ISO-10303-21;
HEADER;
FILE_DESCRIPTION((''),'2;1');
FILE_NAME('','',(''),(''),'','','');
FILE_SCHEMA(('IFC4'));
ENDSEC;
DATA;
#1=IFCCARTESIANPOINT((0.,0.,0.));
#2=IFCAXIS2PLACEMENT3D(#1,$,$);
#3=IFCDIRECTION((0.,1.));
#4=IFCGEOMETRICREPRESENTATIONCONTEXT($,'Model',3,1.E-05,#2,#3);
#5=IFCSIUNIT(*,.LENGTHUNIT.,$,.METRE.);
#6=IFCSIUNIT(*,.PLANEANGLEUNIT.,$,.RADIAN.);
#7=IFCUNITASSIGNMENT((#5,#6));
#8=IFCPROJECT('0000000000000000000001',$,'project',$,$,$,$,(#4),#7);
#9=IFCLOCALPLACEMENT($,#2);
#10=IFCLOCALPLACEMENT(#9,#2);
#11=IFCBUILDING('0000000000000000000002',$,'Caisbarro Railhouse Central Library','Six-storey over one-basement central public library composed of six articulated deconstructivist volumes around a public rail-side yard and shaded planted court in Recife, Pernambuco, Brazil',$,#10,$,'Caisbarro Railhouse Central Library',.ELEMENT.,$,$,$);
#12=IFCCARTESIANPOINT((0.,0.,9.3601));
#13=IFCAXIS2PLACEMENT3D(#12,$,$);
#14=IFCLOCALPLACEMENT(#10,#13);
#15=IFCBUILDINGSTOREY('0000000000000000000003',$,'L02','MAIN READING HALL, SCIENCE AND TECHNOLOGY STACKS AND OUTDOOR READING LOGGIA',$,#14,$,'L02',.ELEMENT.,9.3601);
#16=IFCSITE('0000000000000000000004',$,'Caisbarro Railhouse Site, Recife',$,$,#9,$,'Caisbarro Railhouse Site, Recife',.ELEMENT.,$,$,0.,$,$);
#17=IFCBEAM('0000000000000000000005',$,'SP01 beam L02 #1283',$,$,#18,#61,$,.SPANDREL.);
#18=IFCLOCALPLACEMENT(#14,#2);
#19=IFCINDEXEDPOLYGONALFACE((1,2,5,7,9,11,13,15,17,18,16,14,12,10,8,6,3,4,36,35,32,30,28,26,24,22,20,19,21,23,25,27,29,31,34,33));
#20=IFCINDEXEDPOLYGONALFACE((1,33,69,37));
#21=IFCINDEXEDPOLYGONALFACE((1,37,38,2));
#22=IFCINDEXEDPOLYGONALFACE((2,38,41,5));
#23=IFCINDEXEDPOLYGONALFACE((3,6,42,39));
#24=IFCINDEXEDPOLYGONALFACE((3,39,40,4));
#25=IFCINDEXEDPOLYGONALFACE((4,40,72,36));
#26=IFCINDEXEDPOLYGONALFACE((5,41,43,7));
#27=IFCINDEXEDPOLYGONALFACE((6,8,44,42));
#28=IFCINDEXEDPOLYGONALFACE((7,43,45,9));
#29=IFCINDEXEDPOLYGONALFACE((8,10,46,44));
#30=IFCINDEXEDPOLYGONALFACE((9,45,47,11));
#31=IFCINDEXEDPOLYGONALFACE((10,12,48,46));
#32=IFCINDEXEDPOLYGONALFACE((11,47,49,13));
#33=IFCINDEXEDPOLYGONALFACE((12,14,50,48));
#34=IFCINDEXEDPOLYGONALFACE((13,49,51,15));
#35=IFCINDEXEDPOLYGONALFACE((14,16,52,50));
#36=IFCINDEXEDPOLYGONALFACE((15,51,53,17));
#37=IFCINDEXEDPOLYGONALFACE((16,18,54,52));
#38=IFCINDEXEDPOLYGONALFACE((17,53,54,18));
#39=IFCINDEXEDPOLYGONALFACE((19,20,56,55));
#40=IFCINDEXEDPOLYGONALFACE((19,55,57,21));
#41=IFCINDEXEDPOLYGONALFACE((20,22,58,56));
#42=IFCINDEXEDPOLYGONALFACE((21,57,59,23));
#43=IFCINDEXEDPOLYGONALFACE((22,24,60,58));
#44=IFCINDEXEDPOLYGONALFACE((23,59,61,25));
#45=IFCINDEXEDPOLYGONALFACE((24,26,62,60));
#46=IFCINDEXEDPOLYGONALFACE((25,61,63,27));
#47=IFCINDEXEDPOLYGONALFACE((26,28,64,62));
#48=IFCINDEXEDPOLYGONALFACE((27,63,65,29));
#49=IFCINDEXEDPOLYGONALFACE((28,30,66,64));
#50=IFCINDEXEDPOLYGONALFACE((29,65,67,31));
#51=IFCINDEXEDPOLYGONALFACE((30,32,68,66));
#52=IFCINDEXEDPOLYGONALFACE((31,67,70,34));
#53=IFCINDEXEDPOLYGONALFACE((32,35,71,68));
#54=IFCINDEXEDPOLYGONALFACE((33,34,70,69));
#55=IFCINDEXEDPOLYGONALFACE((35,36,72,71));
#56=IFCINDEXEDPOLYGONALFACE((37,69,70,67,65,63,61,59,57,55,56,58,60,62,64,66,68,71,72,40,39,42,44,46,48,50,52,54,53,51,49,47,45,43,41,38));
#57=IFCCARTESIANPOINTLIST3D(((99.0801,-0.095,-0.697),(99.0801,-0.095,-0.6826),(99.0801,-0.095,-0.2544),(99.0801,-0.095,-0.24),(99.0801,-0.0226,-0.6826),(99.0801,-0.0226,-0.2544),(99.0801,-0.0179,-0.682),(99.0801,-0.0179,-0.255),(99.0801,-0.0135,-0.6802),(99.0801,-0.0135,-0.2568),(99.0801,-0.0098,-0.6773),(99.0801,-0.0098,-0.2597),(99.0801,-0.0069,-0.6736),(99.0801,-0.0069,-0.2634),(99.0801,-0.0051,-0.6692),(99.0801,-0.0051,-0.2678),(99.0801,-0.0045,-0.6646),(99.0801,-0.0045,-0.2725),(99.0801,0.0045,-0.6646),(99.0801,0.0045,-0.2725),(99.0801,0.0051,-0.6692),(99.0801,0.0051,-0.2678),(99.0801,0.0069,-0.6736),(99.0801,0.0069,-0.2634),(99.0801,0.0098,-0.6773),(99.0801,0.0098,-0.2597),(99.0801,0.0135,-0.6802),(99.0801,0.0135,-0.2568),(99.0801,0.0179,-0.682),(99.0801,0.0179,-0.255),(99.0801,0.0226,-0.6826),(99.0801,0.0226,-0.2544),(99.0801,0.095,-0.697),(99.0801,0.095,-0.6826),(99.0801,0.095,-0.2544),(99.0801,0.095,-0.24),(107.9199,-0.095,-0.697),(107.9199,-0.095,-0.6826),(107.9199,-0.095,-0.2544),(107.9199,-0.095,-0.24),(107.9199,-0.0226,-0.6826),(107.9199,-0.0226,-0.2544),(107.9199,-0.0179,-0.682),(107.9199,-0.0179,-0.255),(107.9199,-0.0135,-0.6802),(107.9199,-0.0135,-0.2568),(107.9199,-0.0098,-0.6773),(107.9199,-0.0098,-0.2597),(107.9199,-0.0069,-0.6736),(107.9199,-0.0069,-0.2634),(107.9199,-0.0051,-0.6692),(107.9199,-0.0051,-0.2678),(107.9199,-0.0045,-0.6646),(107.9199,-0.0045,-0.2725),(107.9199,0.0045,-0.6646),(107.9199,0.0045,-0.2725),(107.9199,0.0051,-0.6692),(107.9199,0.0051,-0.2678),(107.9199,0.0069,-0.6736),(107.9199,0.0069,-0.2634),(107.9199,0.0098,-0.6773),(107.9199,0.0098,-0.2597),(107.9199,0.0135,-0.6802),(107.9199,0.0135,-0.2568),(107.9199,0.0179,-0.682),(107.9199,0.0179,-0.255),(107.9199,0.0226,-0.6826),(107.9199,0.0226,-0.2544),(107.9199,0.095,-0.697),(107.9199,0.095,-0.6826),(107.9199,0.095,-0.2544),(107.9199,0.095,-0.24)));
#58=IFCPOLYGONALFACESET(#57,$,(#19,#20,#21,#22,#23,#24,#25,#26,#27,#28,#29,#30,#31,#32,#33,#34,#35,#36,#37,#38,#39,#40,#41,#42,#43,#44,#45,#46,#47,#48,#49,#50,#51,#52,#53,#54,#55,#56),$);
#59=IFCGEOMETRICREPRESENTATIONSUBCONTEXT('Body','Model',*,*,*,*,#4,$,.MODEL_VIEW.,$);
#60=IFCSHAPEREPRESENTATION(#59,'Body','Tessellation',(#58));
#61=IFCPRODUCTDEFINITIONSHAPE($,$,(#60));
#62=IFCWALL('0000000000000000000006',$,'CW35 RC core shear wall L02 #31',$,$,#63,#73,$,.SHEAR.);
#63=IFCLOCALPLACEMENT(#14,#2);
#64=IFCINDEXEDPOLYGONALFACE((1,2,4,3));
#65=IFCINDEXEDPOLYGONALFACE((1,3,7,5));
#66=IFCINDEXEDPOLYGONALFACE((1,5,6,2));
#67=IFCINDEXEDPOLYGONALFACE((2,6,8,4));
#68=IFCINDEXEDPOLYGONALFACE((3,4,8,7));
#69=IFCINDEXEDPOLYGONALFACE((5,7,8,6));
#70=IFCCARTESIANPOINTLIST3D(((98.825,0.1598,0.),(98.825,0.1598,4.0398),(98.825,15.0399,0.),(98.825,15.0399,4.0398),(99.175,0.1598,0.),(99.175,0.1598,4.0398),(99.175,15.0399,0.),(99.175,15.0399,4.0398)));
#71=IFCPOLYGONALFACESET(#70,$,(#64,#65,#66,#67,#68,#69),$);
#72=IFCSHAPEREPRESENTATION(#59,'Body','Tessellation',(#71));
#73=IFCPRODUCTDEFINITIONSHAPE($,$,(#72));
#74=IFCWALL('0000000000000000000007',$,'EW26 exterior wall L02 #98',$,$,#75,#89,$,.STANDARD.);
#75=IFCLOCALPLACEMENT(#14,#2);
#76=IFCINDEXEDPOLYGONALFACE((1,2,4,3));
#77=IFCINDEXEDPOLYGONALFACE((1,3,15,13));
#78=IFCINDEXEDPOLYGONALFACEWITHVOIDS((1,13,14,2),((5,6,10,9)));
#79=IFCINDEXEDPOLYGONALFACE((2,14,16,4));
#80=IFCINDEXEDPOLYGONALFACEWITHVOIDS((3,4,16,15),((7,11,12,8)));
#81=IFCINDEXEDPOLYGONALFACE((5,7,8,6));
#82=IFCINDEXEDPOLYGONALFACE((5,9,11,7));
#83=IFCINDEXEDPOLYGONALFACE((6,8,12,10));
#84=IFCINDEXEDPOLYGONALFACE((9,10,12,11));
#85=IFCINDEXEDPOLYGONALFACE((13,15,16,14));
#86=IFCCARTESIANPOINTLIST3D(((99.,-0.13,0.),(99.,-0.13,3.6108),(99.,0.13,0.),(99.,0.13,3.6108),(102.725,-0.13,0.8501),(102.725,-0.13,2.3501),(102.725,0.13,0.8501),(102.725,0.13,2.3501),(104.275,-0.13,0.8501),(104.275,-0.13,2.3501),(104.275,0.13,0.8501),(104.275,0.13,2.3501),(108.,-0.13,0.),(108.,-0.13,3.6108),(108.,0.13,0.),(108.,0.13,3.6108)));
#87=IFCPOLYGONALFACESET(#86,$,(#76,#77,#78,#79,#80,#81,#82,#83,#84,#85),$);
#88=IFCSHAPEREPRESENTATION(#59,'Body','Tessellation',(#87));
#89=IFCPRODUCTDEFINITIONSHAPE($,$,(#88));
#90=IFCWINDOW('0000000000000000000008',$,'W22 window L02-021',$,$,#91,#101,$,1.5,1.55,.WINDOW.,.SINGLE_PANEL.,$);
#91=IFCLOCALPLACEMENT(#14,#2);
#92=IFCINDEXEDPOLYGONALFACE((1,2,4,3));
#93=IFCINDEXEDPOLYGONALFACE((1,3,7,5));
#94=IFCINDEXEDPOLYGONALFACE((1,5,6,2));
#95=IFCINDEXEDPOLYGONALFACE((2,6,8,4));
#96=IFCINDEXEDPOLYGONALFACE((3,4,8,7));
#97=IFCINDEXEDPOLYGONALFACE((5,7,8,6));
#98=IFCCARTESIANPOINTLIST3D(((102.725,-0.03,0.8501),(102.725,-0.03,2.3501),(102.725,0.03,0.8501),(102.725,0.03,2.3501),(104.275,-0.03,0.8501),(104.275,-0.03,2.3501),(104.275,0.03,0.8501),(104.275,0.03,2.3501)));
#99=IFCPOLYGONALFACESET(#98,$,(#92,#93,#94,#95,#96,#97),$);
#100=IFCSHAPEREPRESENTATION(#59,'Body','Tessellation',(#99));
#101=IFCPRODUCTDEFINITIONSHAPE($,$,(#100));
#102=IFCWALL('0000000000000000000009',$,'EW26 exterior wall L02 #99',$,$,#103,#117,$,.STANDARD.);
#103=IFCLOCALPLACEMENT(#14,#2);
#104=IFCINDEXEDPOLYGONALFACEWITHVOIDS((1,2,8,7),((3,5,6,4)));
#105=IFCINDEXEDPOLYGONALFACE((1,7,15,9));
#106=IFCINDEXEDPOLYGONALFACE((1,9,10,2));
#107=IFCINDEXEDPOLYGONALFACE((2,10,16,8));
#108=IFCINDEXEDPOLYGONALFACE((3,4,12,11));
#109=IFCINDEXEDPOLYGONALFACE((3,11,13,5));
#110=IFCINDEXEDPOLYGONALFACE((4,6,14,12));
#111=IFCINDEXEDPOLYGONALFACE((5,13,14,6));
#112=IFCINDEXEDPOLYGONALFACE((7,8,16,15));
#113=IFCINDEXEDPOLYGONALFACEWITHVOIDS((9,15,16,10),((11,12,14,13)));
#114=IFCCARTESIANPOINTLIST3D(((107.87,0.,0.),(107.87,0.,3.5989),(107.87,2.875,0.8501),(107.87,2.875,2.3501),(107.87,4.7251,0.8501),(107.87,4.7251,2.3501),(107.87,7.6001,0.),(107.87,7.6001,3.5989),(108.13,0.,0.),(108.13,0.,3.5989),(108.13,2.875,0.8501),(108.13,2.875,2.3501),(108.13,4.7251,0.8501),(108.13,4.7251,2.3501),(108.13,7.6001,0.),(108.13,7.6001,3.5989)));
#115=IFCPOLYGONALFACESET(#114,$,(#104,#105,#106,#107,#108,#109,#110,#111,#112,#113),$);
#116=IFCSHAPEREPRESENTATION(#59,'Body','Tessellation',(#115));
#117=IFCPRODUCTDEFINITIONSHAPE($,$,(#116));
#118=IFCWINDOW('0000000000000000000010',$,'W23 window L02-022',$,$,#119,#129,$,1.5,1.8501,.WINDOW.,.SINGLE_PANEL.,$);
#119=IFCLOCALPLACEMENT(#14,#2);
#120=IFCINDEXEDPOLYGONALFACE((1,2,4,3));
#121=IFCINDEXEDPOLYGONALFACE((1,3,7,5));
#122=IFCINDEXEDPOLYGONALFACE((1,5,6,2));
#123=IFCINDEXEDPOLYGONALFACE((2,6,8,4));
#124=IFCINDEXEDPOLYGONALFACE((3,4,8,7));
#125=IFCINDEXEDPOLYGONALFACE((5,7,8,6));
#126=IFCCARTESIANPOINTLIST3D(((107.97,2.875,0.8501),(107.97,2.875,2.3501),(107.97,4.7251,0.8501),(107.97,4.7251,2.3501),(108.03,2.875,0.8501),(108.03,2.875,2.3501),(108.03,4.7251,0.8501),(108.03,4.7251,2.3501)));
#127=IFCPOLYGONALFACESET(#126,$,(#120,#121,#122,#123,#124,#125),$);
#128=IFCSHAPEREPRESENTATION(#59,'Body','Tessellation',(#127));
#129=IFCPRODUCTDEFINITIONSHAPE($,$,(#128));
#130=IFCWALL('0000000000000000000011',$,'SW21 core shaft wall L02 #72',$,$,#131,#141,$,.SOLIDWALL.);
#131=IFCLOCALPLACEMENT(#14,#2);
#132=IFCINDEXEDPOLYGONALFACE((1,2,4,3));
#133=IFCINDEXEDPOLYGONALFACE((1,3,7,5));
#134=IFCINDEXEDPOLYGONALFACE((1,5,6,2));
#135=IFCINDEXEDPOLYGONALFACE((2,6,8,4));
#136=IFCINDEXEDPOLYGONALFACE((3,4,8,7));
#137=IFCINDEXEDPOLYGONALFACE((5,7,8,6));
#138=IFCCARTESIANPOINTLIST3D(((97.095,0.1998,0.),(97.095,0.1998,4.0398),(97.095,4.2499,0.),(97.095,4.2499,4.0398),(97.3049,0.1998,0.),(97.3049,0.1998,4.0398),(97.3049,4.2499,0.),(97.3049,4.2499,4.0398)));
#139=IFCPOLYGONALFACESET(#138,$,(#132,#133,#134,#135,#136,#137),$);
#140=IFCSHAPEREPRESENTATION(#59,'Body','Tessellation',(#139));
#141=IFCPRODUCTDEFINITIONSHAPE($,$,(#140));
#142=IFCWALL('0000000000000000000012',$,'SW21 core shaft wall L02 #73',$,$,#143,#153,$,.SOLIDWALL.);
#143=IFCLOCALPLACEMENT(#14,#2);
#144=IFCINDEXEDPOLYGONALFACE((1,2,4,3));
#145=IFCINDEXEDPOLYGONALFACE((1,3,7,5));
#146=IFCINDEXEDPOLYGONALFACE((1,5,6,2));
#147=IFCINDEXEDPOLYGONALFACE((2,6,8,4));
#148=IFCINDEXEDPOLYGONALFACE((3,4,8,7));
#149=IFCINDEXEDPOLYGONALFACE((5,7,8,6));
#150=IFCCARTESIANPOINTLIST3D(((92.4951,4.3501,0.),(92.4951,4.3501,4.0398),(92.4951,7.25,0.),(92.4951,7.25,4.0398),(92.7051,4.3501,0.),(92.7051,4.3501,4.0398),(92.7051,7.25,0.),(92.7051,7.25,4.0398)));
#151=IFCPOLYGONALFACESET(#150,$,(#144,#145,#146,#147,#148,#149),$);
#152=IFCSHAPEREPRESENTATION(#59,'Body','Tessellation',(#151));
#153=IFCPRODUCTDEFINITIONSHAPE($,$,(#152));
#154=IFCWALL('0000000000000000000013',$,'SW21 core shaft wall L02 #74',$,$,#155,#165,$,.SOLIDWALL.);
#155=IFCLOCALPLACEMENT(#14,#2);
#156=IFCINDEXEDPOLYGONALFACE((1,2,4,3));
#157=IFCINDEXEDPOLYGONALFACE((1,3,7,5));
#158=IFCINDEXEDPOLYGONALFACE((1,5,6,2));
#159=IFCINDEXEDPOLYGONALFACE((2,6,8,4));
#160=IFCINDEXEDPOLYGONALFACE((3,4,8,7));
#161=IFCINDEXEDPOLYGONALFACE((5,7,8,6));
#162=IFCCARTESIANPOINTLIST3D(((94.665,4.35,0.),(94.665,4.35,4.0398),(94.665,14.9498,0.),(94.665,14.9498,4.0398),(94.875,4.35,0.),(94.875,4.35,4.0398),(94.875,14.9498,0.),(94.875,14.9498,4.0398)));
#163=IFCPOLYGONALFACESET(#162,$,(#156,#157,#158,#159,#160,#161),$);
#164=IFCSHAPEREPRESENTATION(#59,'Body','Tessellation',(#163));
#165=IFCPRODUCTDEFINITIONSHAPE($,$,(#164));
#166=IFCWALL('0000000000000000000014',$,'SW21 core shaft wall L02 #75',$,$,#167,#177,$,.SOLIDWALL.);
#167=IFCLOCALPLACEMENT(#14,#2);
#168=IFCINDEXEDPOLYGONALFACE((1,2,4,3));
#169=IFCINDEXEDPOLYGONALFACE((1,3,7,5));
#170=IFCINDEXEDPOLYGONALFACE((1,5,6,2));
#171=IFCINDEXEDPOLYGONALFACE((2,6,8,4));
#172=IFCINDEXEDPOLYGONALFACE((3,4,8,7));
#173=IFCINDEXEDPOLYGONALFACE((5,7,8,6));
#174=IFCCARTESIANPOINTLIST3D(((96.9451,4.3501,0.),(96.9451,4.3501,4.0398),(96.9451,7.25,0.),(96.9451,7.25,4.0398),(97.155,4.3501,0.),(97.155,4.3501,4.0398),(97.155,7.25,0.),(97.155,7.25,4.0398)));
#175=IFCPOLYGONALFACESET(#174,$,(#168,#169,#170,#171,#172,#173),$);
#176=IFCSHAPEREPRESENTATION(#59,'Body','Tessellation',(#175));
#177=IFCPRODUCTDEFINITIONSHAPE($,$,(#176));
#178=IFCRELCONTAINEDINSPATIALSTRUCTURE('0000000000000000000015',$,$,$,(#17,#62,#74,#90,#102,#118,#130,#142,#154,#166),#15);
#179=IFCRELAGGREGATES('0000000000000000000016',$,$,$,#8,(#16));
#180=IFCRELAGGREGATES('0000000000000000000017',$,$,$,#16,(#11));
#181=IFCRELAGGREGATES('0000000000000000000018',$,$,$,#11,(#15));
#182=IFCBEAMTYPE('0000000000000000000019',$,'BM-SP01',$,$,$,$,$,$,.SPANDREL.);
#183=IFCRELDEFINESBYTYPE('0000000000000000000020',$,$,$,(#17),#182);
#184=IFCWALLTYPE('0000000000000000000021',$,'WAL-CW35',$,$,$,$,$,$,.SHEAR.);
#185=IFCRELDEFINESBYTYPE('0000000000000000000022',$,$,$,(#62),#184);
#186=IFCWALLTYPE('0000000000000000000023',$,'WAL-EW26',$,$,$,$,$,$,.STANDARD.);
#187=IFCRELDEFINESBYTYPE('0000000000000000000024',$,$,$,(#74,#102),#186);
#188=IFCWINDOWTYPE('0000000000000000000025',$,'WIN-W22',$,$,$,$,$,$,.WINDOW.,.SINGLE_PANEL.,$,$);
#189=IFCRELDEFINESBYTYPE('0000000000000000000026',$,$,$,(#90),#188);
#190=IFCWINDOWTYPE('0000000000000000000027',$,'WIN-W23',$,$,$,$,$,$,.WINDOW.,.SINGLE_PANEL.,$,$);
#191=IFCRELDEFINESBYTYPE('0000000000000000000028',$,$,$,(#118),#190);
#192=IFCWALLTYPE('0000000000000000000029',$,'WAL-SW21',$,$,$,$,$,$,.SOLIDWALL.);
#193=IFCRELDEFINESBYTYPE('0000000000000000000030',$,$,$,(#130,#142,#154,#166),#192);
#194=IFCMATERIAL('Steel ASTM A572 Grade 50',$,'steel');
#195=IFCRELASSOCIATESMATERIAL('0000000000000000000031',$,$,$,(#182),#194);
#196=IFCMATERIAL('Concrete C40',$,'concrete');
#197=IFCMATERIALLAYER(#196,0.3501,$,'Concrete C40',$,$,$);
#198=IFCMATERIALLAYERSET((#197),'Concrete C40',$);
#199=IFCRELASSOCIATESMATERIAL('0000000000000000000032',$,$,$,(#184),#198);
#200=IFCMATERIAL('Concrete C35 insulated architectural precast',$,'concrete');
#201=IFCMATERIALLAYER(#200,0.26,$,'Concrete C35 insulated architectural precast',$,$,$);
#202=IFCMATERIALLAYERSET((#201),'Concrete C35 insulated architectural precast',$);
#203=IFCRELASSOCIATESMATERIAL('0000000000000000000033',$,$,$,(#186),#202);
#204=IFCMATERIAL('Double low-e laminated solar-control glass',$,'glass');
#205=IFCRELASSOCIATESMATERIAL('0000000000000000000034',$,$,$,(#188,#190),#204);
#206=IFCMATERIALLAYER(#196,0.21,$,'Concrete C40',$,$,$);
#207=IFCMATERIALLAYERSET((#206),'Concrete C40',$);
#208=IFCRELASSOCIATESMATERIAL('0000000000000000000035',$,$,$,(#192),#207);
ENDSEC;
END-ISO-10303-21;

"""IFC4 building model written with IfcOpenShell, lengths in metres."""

from ifc_helpers import new_model, si_unit, direction, frame, frame_2d, origin, origin_2d, place, context, subcontext, project, spatial, rectangle, i_section, extrude, material, layer, layer_set, material_profile, profile_set, type_object, element, fill, save


model = new_model("IFC4")

# Units and contexts
model_context = context("Model", 3, precision=1e-05, world=origin(), true_north=direction((0.0, 1.0)))
body_context = subcontext(model_context, "Body", "Model", "MODEL_VIEW")
ifc_project = project(units=[si_unit("LENGTHUNIT", "METRE"), si_unit("PLANEANGLEUNIT", "RADIAN")], contexts=[model_context])

# Site, building, storey
site_placement = place(None, origin())
site = spatial("IfcSite", under=ifc_project, at=site_placement, Name="Caisbarro Railhouse Site, Recife", LongName="Caisbarro Railhouse Site, Recife", CompositionType="ELEMENT", RefElevation=0.0)
building_placement = place(site_placement, origin())
building = spatial("IfcBuilding", under=site, at=building_placement, Name="Caisbarro Railhouse Central Library", Description="Six-storey over one-basement central public library composed of six articulated deconstructivist volumes around a public rail-side yard and shaded planted court in Recife, Pernambuco, Brazil", LongName="Caisbarro Railhouse Central Library", CompositionType="ELEMENT")
storey_placement = place(building_placement, frame((0.0, 0.0, 9.3601)))
storey = spatial("IfcBuildingStorey", under=building, at=storey_placement, Name="L02", Description="MAIN READING HALL, SCIENCE AND TECHNOLOGY STACKS AND OUTDOOR READING LOGGIA", LongName="L02", CompositionType="ELEMENT", Elevation=9.3601)

# Shared definitions
ifc_material_1 = material(Name="Steel ASTM A572 Grade 50", Category="steel")

# Beam
ifc_material_profile_1 = material_profile(ifc_material_1, i_section(OverallWidth=0.1899, OverallDepth=0.457, WebThickness=0.009, FlangeThickness=0.0144, FilletRadius=0.0181, at=origin_2d()), Name="W460X74.0")
ifc_profile_set_1 = profile_set([ifc_material_profile_1], Name="Steel ASTM A572 Grade 50")
beam_type_1 = type_object("IfcBeamType", Name="BM-SP01", PredefinedType="SPANDREL", material=ifc_profile_set_1)
beam_1_placement = place(storey_placement, frame((99.0801, 0.0, -0.4685), z_axis=(1.0, 0.0, 0.0), x_axis=(0.0, 1.0, 0.0)))
element("IfcBeam", 1, at=beam_1_placement, inside=storey, type_object=beam_type_1, Name="SP01 beam L02 #1283", PredefinedType="SPANDREL", context=body_context, shape_type="SweptSolid", body=[
    extrude(i_section(OverallWidth=0.1899, OverallDepth=0.457, WebThickness=0.009, FlangeThickness=0.0144, FilletRadius=0.0181, at=origin_2d()), origin(), (0.0, 0.0, 1.0), 8.8398),
])

# Wall
ifc_material_2 = material(Name="Concrete C40", Category="concrete")
ifc_layer_1 = layer(ifc_material_2, 0.3501, Name="Concrete C40")
ifc_layer_set_1 = layer_set([ifc_layer_1], Name="Concrete C40")
wall_type_1 = type_object("IfcWallType", Name="WAL-CW35", PredefinedType="SHEAR", material=ifc_layer_set_1)
wall_1_placement = place(storey_placement, frame((99.0, 0.1599, 0.0), z_axis=(0.0, 0.0, 1.0), x_axis=(0.0, 1.0, 0.0)))
element("IfcWall", 2, at=wall_1_placement, inside=storey, type_object=wall_type_1, Name="CW35 RC core shear wall L02 #31", PredefinedType="SHEAR", context=body_context, shape_type="SweptSolid", body=[
    extrude(rectangle(XDim=14.8801, YDim=0.3501, at=frame_2d((7.4399, 0.0))), origin(), (0.0, 0.0, 1.0), 4.0398),
])

# Walls, openings, windows
ifc_material_3 = material(Name="Concrete C35 insulated architectural precast", Category="concrete")
ifc_layer_2 = layer(ifc_material_3, 0.26, Name="Concrete C35 insulated architectural precast")
ifc_layer_set_2 = layer_set([ifc_layer_2], Name="Concrete C35 insulated architectural precast")
wall_type_2 = type_object("IfcWallType", Name="WAL-EW26", PredefinedType="STANDARD", material=ifc_layer_set_2)
wall_2_placement = place(storey_placement, frame((99.0, 0.0, 0.0), z_axis=(0.0, 0.0, 1.0), x_axis=(1.0, 0.0, 0.0)))
wall_2 = element("IfcWall", 3, at=wall_2_placement, inside=storey, type_object=wall_type_2, Name="EW26 exterior wall L02 #98", PredefinedType="STANDARD", context=body_context, shape_type="SweptSolid", body=[
    extrude(rectangle(XDim=9.0, YDim=0.26, at=frame_2d((4.5, 0.0))), origin(), (0.0, 0.0, 1.0), 3.6108),
])
opening_1_placement = place(wall_2_placement, frame((3.7251, 0.0, 0.8501)))
opening_1 = element("IfcOpeningElement", 4, at=opening_1_placement, cuts=wall_2, PredefinedType="OPENING", context=body_context, shape_type="SweptSolid", body=[
    extrude(rectangle(XDim=1.55, YDim=1.5, at=frame_2d((0.7749, 0.75))), frame((0.0, 0.1401, 0.0), z_axis=(0.0, -1.0, 0.0), x_axis=(1.0, 0.0, 0.0)), (0.0, 0.0, 1.0), 0.28),
])
ifc_material_4 = material(Name="Double low-e laminated solar-control glass", Category="glass")
window_type_1 = type_object("IfcWindowType", Name="WIN-W22", PartitioningType="SINGLE_PANEL", PredefinedType="WINDOW", material=ifc_material_4)
window_1_placement = place(opening_1_placement, origin())
window_1 = element("IfcWindow", 5, at=window_1_placement, inside=storey, type_object=window_type_1, Name="W22 window L02-021", OverallHeight=1.5, OverallWidth=1.55, PartitioningType="SINGLE_PANEL", PredefinedType="WINDOW", context=body_context, shape_type="SweptSolid", body=[
    extrude(rectangle(XDim=1.55, YDim=1.5, at=frame_2d((0.7749, 0.75))), frame((0.0, 0.03, 0.0), z_axis=(0.0, -1.0, 0.0), x_axis=(1.0, 0.0, 0.0)), (0.0, 0.0, 1.0), 0.0601),
])
fill(opening_1, window_1)
wall_3_placement = place(storey_placement, frame((108.0, 0.0, 0.0), z_axis=(0.0, 0.0, 1.0), x_axis=(0.0, 1.0, 0.0)))
wall_3 = element("IfcWall", 6, at=wall_3_placement, inside=storey, type_object=wall_type_2, Name="EW26 exterior wall L02 #99", PredefinedType="STANDARD", context=body_context, shape_type="SweptSolid", body=[
    extrude(rectangle(XDim=7.6001, YDim=0.26, at=frame_2d((3.8, 0.0))), origin(), (0.0, 0.0, 1.0), 3.5989),
])
opening_2_placement = place(wall_3_placement, frame((2.875, 0.0, 0.8501)))
opening_2 = element("IfcOpeningElement", 7, at=opening_2_placement, cuts=wall_3, PredefinedType="OPENING", context=body_context, shape_type="SweptSolid", body=[
    extrude(rectangle(XDim=1.8501, YDim=1.5, at=frame_2d((0.925, 0.75))), frame((0.0, 0.1401, 0.0), z_axis=(0.0, -1.0, 0.0), x_axis=(1.0, 0.0, 0.0)), (0.0, 0.0, 1.0), 0.28),
])
window_type_2 = type_object("IfcWindowType", Name="WIN-W23", PartitioningType="SINGLE_PANEL", PredefinedType="WINDOW", material=ifc_material_4)
window_2_placement = place(opening_2_placement, origin())
window_2 = element("IfcWindow", 8, at=window_2_placement, inside=storey, type_object=window_type_2, Name="W23 window L02-022", OverallHeight=1.5, OverallWidth=1.8501, PartitioningType="SINGLE_PANEL", PredefinedType="WINDOW", context=body_context, shape_type="SweptSolid", body=[
    extrude(rectangle(XDim=1.8501, YDim=1.5, at=frame_2d((0.925, 0.75))), frame((0.0, 0.03, 0.0), z_axis=(0.0, -1.0, 0.0), x_axis=(1.0, 0.0, 0.0)), (0.0, 0.0, 1.0), 0.0601),
])
fill(opening_2, window_2)

# Walls
ifc_layer_3 = layer(ifc_material_2, 0.21, Name="Concrete C40")
ifc_layer_set_3 = layer_set([ifc_layer_3], Name="Concrete C40")
wall_type_3 = type_object("IfcWallType", Name="WAL-SW21", PredefinedType="SOLIDWALL", material=ifc_layer_set_3)
wall_4_placement = place(storey_placement, frame((97.2, 0.2, 0.0), z_axis=(0.0, 0.0, 1.0), x_axis=(0.0, 1.0, 0.0)))
element("IfcWall", 9, at=wall_4_placement, inside=storey, type_object=wall_type_3, Name="SW21 core shaft wall L02 #72", PredefinedType="SOLIDWALL", context=body_context, shape_type="SweptSolid", body=[
    extrude(rectangle(XDim=4.05, YDim=0.21, at=frame_2d((2.0249, 0.0))), origin(), (0.0, 0.0, 1.0), 4.0398),
])
wall_5_placement = place(storey_placement, frame((92.6001, 4.3501, 0.0), z_axis=(0.0, 0.0, 1.0), x_axis=(0.0, 1.0, 0.0)))
element("IfcWall", 10, at=wall_5_placement, inside=storey, type_object=wall_type_3, Name="SW21 core shaft wall L02 #73", PredefinedType="SOLIDWALL", context=body_context, shape_type="SweptSolid", body=[
    extrude(rectangle(XDim=2.8999, YDim=0.21, at=frame_2d((1.45, 0.0))), origin(), (0.0, 0.0, 1.0), 4.0398),
])
wall_6_placement = place(storey_placement, frame((94.77, 4.3501, 0.0), z_axis=(0.0, 0.0, 1.0), x_axis=(0.0, 1.0, 0.0)))
element("IfcWall", 11, at=wall_6_placement, inside=storey, type_object=wall_type_3, Name="SW21 core shaft wall L02 #74", PredefinedType="SOLIDWALL", context=body_context, shape_type="SweptSolid", body=[
    extrude(rectangle(XDim=10.5999, YDim=0.21, at=frame_2d((5.2998, 0.0))), origin(), (0.0, 0.0, 1.0), 4.0398),
])
wall_7_placement = place(storey_placement, frame((97.05, 4.3501, 0.0), z_axis=(0.0, 0.0, 1.0), x_axis=(0.0, 1.0, 0.0)))
element("IfcWall", 12, at=wall_7_placement, inside=storey, type_object=wall_type_3, Name="SW21 core shaft wall L02 #75", PredefinedType="SOLIDWALL", context=body_context, shape_type="SweptSolid", body=[
    extrude(rectangle(XDim=2.8999, YDim=0.21, at=frame_2d((1.45, 0.0))), origin(), (0.0, 0.0, 1.0), 4.0398),
])

save(model, "model.ifc")
